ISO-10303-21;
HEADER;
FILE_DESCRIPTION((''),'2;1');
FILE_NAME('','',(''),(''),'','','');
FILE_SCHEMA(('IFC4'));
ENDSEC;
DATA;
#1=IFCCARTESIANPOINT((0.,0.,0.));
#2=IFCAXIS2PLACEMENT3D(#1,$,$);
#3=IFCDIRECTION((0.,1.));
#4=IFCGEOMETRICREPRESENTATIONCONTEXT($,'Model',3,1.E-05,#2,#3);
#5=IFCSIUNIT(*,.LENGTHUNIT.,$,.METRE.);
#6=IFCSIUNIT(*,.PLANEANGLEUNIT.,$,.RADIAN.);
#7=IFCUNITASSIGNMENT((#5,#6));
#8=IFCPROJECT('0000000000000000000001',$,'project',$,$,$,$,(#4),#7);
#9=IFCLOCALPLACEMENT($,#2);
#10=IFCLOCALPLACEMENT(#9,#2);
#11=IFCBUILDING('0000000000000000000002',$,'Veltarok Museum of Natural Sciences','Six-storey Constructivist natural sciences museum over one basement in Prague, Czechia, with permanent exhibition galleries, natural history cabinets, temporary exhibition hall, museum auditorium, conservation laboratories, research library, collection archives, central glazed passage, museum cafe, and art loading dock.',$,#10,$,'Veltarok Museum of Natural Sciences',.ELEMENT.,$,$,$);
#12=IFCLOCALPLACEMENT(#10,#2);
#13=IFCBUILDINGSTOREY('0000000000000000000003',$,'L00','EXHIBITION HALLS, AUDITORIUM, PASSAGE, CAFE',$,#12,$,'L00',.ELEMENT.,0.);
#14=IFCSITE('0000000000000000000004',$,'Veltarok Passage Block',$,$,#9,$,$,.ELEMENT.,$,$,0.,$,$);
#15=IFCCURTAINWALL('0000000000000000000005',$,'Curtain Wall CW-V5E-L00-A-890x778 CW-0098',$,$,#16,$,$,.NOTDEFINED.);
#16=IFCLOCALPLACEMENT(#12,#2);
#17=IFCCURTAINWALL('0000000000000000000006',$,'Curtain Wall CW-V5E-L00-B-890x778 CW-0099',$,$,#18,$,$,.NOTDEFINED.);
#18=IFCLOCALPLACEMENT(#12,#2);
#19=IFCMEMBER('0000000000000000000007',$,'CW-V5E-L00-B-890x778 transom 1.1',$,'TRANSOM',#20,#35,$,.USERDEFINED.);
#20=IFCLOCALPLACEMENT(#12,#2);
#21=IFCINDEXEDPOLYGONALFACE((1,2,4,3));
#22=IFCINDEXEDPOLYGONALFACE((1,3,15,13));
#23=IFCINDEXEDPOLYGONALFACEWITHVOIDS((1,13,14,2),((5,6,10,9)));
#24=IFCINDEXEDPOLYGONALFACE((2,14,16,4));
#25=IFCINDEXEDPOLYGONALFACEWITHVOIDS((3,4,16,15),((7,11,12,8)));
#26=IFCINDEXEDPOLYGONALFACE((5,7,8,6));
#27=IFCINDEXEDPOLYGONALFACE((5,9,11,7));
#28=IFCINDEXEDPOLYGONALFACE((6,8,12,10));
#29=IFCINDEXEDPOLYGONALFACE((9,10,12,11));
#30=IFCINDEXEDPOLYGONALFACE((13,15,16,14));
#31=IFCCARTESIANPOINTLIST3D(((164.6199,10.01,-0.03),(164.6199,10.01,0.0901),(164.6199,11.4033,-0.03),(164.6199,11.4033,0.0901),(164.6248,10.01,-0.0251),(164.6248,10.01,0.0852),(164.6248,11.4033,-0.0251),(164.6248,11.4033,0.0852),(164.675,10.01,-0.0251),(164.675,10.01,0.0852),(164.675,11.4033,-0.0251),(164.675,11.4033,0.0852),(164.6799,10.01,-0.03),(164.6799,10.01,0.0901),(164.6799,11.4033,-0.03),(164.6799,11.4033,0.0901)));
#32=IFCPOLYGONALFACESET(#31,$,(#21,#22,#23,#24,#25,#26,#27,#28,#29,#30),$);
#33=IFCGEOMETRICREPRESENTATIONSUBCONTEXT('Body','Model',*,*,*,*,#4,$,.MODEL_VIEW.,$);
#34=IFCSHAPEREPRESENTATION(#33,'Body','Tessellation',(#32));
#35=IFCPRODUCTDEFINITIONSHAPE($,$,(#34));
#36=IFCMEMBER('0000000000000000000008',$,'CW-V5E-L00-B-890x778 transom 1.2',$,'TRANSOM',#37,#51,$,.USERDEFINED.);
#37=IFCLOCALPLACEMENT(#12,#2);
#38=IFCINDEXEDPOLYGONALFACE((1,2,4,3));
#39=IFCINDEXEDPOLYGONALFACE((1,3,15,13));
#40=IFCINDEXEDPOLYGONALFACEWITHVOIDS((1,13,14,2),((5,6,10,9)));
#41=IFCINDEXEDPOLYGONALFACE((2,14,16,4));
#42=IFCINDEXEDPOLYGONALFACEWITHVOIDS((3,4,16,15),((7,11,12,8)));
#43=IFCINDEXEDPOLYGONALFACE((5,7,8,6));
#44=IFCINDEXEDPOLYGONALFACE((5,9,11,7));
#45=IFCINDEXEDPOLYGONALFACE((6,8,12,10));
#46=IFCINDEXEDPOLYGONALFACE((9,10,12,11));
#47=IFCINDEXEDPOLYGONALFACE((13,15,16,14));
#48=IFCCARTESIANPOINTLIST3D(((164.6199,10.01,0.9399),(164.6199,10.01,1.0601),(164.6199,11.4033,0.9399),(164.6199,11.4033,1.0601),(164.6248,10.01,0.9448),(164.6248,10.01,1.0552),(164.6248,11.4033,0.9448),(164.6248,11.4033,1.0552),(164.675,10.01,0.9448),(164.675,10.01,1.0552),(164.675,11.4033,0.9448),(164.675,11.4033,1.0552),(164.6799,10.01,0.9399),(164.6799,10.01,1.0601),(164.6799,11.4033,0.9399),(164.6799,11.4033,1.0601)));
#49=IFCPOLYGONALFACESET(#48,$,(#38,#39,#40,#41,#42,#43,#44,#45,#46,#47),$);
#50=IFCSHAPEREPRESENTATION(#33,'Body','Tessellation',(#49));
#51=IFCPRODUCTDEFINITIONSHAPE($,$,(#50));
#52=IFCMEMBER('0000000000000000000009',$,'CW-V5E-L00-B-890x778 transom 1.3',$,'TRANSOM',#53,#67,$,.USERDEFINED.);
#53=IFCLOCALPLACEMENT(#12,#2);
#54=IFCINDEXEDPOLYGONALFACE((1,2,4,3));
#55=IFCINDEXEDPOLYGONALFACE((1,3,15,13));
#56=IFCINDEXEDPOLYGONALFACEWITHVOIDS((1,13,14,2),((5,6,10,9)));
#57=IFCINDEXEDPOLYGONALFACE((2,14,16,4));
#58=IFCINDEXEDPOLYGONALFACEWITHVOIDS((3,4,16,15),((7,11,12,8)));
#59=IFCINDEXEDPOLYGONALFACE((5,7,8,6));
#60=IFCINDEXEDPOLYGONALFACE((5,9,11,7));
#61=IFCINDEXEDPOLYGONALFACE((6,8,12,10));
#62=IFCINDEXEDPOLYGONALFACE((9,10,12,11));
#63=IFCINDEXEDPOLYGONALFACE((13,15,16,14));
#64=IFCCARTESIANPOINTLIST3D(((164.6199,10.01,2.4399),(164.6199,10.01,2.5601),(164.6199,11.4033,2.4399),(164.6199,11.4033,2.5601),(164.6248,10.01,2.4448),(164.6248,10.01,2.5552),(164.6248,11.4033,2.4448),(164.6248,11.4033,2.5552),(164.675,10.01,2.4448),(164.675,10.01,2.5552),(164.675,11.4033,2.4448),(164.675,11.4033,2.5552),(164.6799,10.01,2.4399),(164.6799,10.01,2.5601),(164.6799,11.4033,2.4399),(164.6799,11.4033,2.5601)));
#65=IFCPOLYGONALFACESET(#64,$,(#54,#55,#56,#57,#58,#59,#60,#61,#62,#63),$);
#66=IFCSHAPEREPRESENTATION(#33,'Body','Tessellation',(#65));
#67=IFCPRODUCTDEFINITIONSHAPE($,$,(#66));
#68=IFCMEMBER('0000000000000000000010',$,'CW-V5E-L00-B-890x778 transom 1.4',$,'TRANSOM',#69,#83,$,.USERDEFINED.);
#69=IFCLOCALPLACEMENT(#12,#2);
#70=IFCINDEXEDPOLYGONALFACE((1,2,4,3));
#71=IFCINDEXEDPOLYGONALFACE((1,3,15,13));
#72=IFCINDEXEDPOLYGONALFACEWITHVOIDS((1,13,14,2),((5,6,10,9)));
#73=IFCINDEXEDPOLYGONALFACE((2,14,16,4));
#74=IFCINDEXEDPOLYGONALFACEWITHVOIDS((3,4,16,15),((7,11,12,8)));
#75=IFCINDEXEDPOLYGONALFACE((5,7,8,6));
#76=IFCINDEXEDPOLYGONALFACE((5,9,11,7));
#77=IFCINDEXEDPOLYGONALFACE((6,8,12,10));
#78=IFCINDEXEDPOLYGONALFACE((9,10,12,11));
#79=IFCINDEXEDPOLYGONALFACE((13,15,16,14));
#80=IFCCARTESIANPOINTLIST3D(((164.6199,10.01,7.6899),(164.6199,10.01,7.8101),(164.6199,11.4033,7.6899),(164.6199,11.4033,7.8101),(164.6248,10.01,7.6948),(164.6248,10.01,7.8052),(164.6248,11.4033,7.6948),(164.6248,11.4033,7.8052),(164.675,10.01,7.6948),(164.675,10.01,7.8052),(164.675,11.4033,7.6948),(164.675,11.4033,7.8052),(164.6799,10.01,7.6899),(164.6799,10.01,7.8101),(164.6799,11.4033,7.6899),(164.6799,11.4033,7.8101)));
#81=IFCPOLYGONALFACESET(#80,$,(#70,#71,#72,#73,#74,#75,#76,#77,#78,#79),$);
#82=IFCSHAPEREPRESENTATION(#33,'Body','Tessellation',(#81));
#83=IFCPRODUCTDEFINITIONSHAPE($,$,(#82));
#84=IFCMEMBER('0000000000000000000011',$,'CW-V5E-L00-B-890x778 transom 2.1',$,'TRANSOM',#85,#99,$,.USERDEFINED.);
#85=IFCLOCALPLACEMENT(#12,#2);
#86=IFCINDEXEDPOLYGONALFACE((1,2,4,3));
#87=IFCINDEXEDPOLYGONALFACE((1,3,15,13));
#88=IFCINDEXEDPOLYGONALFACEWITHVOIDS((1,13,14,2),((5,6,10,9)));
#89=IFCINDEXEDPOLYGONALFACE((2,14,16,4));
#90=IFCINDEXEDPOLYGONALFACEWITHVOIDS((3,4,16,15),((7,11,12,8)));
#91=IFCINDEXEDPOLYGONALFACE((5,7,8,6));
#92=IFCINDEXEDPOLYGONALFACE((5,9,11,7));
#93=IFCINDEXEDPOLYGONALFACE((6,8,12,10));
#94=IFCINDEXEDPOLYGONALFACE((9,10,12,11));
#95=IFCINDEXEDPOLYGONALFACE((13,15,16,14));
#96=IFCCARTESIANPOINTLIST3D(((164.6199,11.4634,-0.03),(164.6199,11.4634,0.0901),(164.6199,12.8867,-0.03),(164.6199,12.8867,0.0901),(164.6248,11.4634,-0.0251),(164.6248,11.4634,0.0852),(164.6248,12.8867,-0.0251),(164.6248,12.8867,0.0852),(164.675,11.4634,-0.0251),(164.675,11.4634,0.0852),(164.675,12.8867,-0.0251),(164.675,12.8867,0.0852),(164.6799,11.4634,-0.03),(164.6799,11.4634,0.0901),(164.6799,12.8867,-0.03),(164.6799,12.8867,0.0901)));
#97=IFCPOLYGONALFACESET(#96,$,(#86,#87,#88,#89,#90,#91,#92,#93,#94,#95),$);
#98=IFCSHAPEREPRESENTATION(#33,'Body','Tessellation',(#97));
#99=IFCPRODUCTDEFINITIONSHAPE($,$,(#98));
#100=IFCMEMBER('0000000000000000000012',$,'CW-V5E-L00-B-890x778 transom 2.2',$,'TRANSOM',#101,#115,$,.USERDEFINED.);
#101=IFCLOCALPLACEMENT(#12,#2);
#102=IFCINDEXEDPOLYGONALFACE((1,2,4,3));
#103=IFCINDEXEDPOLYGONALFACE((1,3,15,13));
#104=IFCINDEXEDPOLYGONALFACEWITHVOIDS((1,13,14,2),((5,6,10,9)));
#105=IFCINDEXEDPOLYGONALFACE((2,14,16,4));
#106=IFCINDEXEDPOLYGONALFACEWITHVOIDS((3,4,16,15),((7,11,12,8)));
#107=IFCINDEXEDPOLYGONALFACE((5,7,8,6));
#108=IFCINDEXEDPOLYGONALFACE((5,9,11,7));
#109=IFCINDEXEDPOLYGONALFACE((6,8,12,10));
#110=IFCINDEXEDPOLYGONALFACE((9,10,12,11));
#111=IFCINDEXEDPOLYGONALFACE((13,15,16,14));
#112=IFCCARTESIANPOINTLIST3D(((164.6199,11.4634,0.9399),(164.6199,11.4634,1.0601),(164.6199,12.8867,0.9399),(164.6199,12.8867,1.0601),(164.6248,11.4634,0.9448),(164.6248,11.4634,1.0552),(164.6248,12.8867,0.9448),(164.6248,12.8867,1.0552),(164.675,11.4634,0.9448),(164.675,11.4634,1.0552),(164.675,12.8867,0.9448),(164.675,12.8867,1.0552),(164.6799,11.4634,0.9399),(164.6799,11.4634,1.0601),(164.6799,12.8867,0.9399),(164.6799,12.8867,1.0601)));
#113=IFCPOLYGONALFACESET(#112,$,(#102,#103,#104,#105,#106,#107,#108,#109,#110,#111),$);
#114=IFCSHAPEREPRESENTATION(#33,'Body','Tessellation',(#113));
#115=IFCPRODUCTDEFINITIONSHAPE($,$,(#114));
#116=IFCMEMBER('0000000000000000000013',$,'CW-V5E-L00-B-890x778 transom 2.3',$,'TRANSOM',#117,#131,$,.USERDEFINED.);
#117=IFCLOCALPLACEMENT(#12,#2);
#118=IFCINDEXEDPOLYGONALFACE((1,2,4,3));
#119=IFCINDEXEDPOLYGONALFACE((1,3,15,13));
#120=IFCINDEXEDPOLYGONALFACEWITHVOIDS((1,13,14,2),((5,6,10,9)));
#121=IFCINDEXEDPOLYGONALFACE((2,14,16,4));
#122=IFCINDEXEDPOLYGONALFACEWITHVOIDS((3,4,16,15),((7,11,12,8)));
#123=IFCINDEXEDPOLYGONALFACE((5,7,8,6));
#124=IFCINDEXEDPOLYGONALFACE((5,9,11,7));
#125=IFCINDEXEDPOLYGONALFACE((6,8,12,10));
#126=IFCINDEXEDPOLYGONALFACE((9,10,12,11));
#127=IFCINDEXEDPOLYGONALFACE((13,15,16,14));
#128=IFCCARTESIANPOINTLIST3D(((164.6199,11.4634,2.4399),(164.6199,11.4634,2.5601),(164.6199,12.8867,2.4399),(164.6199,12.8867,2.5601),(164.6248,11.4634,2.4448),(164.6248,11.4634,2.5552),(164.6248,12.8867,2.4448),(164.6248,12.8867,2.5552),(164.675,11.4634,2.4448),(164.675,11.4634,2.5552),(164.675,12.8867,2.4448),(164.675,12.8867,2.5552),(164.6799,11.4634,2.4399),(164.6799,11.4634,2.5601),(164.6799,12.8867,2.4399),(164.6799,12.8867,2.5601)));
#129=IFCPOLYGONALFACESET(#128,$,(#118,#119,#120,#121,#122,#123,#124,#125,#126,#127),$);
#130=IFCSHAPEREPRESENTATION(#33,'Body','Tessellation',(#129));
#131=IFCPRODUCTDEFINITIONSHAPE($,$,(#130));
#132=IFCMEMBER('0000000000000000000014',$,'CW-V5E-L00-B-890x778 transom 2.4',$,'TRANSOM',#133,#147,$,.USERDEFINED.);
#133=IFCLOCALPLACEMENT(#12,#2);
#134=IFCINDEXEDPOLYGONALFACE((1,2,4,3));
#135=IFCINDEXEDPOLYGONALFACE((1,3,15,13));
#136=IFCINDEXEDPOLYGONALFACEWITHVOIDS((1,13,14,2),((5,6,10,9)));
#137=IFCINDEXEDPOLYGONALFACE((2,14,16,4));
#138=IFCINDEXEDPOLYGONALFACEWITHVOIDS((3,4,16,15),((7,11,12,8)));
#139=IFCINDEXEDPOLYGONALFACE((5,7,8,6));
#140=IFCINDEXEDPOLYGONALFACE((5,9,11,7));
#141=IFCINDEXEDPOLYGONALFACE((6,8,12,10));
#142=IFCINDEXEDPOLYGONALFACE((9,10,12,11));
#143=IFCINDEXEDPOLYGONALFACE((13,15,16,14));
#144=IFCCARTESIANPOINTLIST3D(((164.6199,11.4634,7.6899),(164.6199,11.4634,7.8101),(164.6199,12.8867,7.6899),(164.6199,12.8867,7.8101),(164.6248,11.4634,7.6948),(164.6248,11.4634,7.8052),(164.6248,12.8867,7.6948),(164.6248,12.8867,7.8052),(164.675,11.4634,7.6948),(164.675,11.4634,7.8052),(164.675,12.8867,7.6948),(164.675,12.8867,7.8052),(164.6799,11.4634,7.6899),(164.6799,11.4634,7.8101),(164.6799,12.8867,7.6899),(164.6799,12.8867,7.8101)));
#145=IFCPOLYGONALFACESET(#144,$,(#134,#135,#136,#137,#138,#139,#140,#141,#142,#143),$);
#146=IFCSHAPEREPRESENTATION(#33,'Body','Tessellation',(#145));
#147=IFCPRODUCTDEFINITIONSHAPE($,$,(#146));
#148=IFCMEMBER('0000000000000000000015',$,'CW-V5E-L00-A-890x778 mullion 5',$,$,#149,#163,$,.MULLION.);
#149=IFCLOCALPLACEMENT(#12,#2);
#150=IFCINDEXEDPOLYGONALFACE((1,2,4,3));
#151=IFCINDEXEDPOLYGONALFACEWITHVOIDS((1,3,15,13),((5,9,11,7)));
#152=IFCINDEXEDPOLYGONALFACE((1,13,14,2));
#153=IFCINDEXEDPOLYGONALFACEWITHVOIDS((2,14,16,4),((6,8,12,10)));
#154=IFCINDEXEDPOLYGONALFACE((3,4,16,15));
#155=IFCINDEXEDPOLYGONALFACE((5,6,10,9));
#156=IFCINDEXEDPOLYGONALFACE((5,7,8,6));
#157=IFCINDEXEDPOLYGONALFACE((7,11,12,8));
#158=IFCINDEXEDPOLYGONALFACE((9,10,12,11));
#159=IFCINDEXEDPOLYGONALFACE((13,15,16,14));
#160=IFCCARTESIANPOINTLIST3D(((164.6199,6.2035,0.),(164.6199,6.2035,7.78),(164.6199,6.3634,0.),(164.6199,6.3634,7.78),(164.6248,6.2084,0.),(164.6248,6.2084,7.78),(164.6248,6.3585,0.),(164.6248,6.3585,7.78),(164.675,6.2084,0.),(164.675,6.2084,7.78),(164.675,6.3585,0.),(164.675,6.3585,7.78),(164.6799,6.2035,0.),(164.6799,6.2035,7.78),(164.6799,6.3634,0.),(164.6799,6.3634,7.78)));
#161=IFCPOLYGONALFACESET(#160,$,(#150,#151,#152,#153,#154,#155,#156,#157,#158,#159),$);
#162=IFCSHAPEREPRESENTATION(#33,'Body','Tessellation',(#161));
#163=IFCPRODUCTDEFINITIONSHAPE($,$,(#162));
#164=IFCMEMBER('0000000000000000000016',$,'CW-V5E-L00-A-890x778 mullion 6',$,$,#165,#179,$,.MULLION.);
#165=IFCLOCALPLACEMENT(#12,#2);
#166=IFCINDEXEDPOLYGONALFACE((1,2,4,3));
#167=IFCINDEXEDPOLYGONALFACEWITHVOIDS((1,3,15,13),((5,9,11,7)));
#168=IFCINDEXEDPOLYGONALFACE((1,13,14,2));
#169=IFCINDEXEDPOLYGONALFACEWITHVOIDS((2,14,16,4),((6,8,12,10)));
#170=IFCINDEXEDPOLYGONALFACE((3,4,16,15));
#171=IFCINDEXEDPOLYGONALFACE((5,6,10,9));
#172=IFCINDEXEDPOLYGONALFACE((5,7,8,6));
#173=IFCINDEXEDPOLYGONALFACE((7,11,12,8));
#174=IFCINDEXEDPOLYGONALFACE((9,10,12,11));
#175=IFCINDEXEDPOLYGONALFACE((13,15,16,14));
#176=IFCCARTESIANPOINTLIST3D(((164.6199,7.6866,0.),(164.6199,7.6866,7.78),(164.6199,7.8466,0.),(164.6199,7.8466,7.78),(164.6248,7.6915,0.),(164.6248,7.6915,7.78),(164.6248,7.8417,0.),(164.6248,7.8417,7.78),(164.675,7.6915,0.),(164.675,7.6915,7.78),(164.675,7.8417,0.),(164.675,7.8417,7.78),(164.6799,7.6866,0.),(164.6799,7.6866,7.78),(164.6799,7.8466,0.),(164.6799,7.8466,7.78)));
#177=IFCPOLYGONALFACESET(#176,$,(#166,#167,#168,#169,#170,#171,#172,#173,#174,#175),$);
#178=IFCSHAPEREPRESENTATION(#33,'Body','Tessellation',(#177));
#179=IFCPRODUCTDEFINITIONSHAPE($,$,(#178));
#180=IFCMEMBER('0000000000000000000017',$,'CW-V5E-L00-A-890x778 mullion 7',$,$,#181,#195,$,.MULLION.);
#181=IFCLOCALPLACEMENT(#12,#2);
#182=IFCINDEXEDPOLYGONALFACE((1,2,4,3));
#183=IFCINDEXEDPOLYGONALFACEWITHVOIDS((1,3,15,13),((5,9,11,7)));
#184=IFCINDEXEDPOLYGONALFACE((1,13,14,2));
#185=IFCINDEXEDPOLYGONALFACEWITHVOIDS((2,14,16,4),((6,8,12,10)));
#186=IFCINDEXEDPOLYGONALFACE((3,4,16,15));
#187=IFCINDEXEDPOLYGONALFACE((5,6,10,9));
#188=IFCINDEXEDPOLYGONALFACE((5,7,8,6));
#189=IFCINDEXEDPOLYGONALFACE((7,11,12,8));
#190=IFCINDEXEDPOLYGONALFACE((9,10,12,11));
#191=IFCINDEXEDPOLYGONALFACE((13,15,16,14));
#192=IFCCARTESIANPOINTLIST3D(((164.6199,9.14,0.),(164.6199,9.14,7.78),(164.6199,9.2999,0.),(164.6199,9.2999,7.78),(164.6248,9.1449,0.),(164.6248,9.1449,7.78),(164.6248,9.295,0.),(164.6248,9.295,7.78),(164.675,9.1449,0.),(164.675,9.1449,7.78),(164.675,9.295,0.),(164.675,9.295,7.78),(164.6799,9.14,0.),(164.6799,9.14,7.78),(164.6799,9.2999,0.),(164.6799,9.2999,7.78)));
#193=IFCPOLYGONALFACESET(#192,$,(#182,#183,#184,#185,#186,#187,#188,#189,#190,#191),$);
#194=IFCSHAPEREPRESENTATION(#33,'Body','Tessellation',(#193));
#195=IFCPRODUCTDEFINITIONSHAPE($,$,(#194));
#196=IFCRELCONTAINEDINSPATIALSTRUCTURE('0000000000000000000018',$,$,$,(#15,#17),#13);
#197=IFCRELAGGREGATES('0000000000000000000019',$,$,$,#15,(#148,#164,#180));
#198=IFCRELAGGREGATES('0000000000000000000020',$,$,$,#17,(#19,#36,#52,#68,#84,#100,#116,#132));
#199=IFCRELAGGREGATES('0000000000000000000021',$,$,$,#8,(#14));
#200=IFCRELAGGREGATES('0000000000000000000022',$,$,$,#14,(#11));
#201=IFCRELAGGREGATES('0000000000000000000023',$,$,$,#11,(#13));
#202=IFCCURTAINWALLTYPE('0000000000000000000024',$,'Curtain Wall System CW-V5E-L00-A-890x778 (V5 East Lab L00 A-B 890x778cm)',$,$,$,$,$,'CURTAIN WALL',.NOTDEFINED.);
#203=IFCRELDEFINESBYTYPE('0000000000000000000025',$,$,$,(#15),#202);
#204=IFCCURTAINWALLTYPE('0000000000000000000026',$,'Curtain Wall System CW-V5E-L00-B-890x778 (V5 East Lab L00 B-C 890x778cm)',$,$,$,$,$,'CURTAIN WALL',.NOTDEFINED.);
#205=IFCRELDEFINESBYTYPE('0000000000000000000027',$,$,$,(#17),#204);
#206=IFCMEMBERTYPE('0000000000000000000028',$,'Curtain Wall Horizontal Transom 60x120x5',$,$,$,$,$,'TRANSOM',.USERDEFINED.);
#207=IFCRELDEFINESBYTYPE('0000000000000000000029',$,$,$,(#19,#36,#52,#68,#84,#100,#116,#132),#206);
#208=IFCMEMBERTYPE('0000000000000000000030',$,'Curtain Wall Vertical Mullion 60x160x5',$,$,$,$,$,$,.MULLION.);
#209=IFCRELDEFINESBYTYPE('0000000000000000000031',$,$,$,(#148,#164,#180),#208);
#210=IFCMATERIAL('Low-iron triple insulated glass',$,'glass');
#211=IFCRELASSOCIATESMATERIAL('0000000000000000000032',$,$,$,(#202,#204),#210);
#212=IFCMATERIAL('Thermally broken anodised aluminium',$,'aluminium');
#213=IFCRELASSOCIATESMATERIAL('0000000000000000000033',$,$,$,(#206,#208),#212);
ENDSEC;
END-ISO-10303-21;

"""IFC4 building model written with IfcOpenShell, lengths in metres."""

from ifc_helpers import new_model, si_unit, direction, frame, origin, origin_2d, place, context, subcontext, project, spatial, hollow_rectangle, extrude, material, material_profile, profile_set, type_object, element, aggregate, save


model = new_model("IFC4")

# Units and contexts
model_context = context("Model", 3, precision=1e-05, world=origin(), true_north=direction((0.0, 1.0)))
body_context = subcontext(model_context, "Body", "Model", "MODEL_VIEW")
ifc_project = project(units=[si_unit("LENGTHUNIT", "METRE"), si_unit("PLANEANGLEUNIT", "RADIAN")], contexts=[model_context])

# Site, building, storey
site_placement = place(None, origin())
site = spatial("IfcSite", under=ifc_project, at=site_placement, Name="Veltarok Passage Block", CompositionType="ELEMENT", RefElevation=0.0)
building_placement = place(site_placement, origin())
building = spatial("IfcBuilding", under=site, at=building_placement, Name="Veltarok Museum of Natural Sciences", Description="Six-storey Constructivist natural sciences museum over one basement in Prague, Czechia, with permanent exhibition galleries, natural history cabinets, temporary exhibition hall, museum auditorium, conservation laboratories, research library, collection archives, central glazed passage, museum cafe, and art loading dock.", LongName="Veltarok Museum of Natural Sciences", CompositionType="ELEMENT")
storey_placement = place(building_placement, origin())
storey = spatial("IfcBuildingStorey", under=building, at=storey_placement, Name="L00", Description="EXHIBITION HALLS, AUDITORIUM, PASSAGE, CAFE", LongName="L00", CompositionType="ELEMENT", Elevation=0.0)

# Curtain walls, members
ifc_material_1 = material(Name="Low-iron triple insulated glass", Category="glass")
curtain_wall_type_1 = type_object("IfcCurtainWallType", Name="Curtain Wall System CW-V5E-L00-A-890x778 (V5 East Lab L00 A-B 890x778cm)", ElementType="CURTAIN WALL", PredefinedType="NOTDEFINED", material=ifc_material_1)
curtain_wall_1_placement = place(storey_placement, origin())
curtain_wall_1 = element("IfcCurtainWall", 1, at=curtain_wall_1_placement, inside=storey, type_object=curtain_wall_type_1, Name="Curtain Wall CW-V5E-L00-A-890x778 CW-0098", PredefinedType="NOTDEFINED")
ifc_material_2 = material(Name="Thermally broken anodised aluminium", Category="aluminium")
ifc_material_profile_1 = material_profile(ifc_material_2, hollow_rectangle(XDim=0.0601, YDim=0.1201, WallThickness=0.0049, at=origin_2d()), Name="CW TRANSOM 60x120x5")
ifc_profile_set_1 = profile_set([ifc_material_profile_1], Name="Thermally broken anodised aluminium")
member_type_1 = type_object("IfcMemberType", Name="Curtain Wall Horizontal Transom 60x120x5", ElementType="TRANSOM", PredefinedType="USERDEFINED", material=ifc_profile_set_1)
curtain_wall_type_2 = type_object("IfcCurtainWallType", Name="Curtain Wall System CW-V5E-L00-B-890x778 (V5 East Lab L00 B-C 890x778cm)", ElementType="CURTAIN WALL", PredefinedType="NOTDEFINED", material=ifc_material_1)
curtain_wall_2_placement = place(storey_placement, origin())
curtain_wall_2 = element("IfcCurtainWall", 2, at=curtain_wall_2_placement, inside=storey, type_object=curtain_wall_type_2, Name="Curtain Wall CW-V5E-L00-B-890x778 CW-0099", PredefinedType="NOTDEFINED")
member_1_placement = place(storey_placement, frame((164.6499, 10.01, 0.03), z_axis=(0.0, 1.0, 0.0), x_axis=(-1.0, 0.0, 0.0)))
member_1 = element("IfcMember", 3, at=member_1_placement, type_object=member_type_1, Name="CW-V5E-L00-B-890x778 transom 1.1", ObjectType="TRANSOM", PredefinedType="USERDEFINED", context=body_context, shape_type="SweptSolid", body=[
    extrude(hollow_rectangle(XDim=0.0601, YDim=0.1201, WallThickness=0.0049, at=origin_2d()), origin(), (0.0, 0.0, 1.0), 1.3933),
])
member_2_placement = place(storey_placement, frame((164.6499, 10.01, 1.0), z_axis=(0.0, 1.0, 0.0), x_axis=(-1.0, 0.0, 0.0)))
member_2 = element("IfcMember", 4, at=member_2_placement, type_object=member_type_1, Name="CW-V5E-L00-B-890x778 transom 1.2", ObjectType="TRANSOM", PredefinedType="USERDEFINED", context=body_context, shape_type="SweptSolid", body=[
    extrude(hollow_rectangle(XDim=0.0601, YDim=0.1201, WallThickness=0.0049, at=origin_2d()), origin(), (0.0, 0.0, 1.0), 1.3933),
])
member_3_placement = place(storey_placement, frame((164.6499, 10.01, 2.5), z_axis=(0.0, 1.0, 0.0), x_axis=(-1.0, 0.0, 0.0)))
member_3 = element("IfcMember", 5, at=member_3_placement, type_object=member_type_1, Name="CW-V5E-L00-B-890x778 transom 1.3", ObjectType="TRANSOM", PredefinedType="USERDEFINED", context=body_context, shape_type="SweptSolid", body=[
    extrude(hollow_rectangle(XDim=0.0601, YDim=0.1201, WallThickness=0.0049, at=origin_2d()), origin(), (0.0, 0.0, 1.0), 1.3933),
])
member_4_placement = place(storey_placement, frame((164.6499, 10.01, 7.75), z_axis=(0.0, 1.0, 0.0), x_axis=(-1.0, 0.0, 0.0)))
member_4 = element("IfcMember", 6, at=member_4_placement, type_object=member_type_1, Name="CW-V5E-L00-B-890x778 transom 1.4", ObjectType="TRANSOM", PredefinedType="USERDEFINED", context=body_context, shape_type="SweptSolid", body=[
    extrude(hollow_rectangle(XDim=0.0601, YDim=0.1201, WallThickness=0.0049, at=origin_2d()), origin(), (0.0, 0.0, 1.0), 1.3933),
])
member_5_placement = place(storey_placement, frame((164.6499, 11.4634, 0.03), z_axis=(0.0, 1.0, 0.0), x_axis=(-1.0, 0.0, 0.0)))
member_5 = element("IfcMember", 7, at=member_5_placement, type_object=member_type_1, Name="CW-V5E-L00-B-890x778 transom 2.1", ObjectType="TRANSOM", PredefinedType="USERDEFINED", context=body_context, shape_type="SweptSolid", body=[
    extrude(hollow_rectangle(XDim=0.0601, YDim=0.1201, WallThickness=0.0049, at=origin_2d()), origin(), (0.0, 0.0, 1.0), 1.4233),
])
member_6_placement = place(storey_placement, frame((164.6499, 11.4634, 1.0), z_axis=(0.0, 1.0, 0.0), x_axis=(-1.0, 0.0, 0.0)))
member_6 = element("IfcMember", 8, at=member_6_placement, type_object=member_type_1, Name="CW-V5E-L00-B-890x778 transom 2.2", ObjectType="TRANSOM", PredefinedType="USERDEFINED", context=body_context, shape_type="SweptSolid", body=[
    extrude(hollow_rectangle(XDim=0.0601, YDim=0.1201, WallThickness=0.0049, at=origin_2d()), origin(), (0.0, 0.0, 1.0), 1.4233),
])
member_7_placement = place(storey_placement, frame((164.6499, 11.4634, 2.5), z_axis=(0.0, 1.0, 0.0), x_axis=(-1.0, 0.0, 0.0)))
member_7 = element("IfcMember", 9, at=member_7_placement, type_object=member_type_1, Name="CW-V5E-L00-B-890x778 transom 2.3", ObjectType="TRANSOM", PredefinedType="USERDEFINED", context=body_context, shape_type="SweptSolid", body=[
    extrude(hollow_rectangle(XDim=0.0601, YDim=0.1201, WallThickness=0.0049, at=origin_2d()), origin(), (0.0, 0.0, 1.0), 1.4233),
])
member_8_placement = place(storey_placement, frame((164.6499, 11.4634, 7.75), z_axis=(0.0, 1.0, 0.0), x_axis=(-1.0, 0.0, 0.0)))
member_8 = element("IfcMember", 10, at=member_8_placement, type_object=member_type_1, Name="CW-V5E-L00-B-890x778 transom 2.4", ObjectType="TRANSOM", PredefinedType="USERDEFINED", context=body_context, shape_type="SweptSolid", body=[
    extrude(hollow_rectangle(XDim=0.0601, YDim=0.1201, WallThickness=0.0049, at=origin_2d()), origin(), (0.0, 0.0, 1.0), 1.4233),
])

# Members
ifc_material_profile_2 = material_profile(ifc_material_2, hollow_rectangle(XDim=0.0601, YDim=0.1599, WallThickness=0.0049, at=origin_2d()), Name="CW MULLION 60x160x5")
ifc_profile_set_2 = profile_set([ifc_material_profile_2], Name="Thermally broken anodised aluminium")
member_type_2 = type_object("IfcMemberType", Name="Curtain Wall Vertical Mullion 60x160x5", PredefinedType="MULLION", material=ifc_profile_set_2)
member_9_placement = place(storey_placement, frame((164.6499, 6.2834, 0.0), z_axis=(0.0, 0.0, 1.0), x_axis=(-1.0, 0.0, 0.0)))
member_9 = element("IfcMember", 11, at=member_9_placement, type_object=member_type_2, Name="CW-V5E-L00-A-890x778 mullion 5", PredefinedType="MULLION", context=body_context, shape_type="SweptSolid", body=[
    extrude(hollow_rectangle(XDim=0.0601, YDim=0.1599, WallThickness=0.0049, at=origin_2d()), origin(), (0.0, 0.0, 1.0), 7.78),
])
member_10_placement = place(storey_placement, frame((164.6499, 7.7666, 0.0), z_axis=(0.0, 0.0, 1.0), x_axis=(-1.0, 0.0, 0.0)))
member_10 = element("IfcMember", 12, at=member_10_placement, type_object=member_type_2, Name="CW-V5E-L00-A-890x778 mullion 6", PredefinedType="MULLION", context=body_context, shape_type="SweptSolid", body=[
    extrude(hollow_rectangle(XDim=0.0601, YDim=0.1599, WallThickness=0.0049, at=origin_2d()), origin(), (0.0, 0.0, 1.0), 7.78),
])
member_11_placement = place(storey_placement, frame((164.6499, 9.22, 0.0), z_axis=(0.0, 0.0, 1.0), x_axis=(-1.0, 0.0, 0.0)))
member_11 = element("IfcMember", 13, at=member_11_placement, type_object=member_type_2, Name="CW-V5E-L00-A-890x778 mullion 7", PredefinedType="MULLION", context=body_context, shape_type="SweptSolid", body=[
    extrude(hollow_rectangle(XDim=0.0601, YDim=0.1599, WallThickness=0.0049, at=origin_2d()), origin(), (0.0, 0.0, 1.0), 7.78),
])

aggregate(curtain_wall_1, [member_9, member_10, member_11])
aggregate(curtain_wall_2, [member_1, member_2, member_3, member_4, member_5, member_6, member_7, member_8])

save(model, "model.ifc")
